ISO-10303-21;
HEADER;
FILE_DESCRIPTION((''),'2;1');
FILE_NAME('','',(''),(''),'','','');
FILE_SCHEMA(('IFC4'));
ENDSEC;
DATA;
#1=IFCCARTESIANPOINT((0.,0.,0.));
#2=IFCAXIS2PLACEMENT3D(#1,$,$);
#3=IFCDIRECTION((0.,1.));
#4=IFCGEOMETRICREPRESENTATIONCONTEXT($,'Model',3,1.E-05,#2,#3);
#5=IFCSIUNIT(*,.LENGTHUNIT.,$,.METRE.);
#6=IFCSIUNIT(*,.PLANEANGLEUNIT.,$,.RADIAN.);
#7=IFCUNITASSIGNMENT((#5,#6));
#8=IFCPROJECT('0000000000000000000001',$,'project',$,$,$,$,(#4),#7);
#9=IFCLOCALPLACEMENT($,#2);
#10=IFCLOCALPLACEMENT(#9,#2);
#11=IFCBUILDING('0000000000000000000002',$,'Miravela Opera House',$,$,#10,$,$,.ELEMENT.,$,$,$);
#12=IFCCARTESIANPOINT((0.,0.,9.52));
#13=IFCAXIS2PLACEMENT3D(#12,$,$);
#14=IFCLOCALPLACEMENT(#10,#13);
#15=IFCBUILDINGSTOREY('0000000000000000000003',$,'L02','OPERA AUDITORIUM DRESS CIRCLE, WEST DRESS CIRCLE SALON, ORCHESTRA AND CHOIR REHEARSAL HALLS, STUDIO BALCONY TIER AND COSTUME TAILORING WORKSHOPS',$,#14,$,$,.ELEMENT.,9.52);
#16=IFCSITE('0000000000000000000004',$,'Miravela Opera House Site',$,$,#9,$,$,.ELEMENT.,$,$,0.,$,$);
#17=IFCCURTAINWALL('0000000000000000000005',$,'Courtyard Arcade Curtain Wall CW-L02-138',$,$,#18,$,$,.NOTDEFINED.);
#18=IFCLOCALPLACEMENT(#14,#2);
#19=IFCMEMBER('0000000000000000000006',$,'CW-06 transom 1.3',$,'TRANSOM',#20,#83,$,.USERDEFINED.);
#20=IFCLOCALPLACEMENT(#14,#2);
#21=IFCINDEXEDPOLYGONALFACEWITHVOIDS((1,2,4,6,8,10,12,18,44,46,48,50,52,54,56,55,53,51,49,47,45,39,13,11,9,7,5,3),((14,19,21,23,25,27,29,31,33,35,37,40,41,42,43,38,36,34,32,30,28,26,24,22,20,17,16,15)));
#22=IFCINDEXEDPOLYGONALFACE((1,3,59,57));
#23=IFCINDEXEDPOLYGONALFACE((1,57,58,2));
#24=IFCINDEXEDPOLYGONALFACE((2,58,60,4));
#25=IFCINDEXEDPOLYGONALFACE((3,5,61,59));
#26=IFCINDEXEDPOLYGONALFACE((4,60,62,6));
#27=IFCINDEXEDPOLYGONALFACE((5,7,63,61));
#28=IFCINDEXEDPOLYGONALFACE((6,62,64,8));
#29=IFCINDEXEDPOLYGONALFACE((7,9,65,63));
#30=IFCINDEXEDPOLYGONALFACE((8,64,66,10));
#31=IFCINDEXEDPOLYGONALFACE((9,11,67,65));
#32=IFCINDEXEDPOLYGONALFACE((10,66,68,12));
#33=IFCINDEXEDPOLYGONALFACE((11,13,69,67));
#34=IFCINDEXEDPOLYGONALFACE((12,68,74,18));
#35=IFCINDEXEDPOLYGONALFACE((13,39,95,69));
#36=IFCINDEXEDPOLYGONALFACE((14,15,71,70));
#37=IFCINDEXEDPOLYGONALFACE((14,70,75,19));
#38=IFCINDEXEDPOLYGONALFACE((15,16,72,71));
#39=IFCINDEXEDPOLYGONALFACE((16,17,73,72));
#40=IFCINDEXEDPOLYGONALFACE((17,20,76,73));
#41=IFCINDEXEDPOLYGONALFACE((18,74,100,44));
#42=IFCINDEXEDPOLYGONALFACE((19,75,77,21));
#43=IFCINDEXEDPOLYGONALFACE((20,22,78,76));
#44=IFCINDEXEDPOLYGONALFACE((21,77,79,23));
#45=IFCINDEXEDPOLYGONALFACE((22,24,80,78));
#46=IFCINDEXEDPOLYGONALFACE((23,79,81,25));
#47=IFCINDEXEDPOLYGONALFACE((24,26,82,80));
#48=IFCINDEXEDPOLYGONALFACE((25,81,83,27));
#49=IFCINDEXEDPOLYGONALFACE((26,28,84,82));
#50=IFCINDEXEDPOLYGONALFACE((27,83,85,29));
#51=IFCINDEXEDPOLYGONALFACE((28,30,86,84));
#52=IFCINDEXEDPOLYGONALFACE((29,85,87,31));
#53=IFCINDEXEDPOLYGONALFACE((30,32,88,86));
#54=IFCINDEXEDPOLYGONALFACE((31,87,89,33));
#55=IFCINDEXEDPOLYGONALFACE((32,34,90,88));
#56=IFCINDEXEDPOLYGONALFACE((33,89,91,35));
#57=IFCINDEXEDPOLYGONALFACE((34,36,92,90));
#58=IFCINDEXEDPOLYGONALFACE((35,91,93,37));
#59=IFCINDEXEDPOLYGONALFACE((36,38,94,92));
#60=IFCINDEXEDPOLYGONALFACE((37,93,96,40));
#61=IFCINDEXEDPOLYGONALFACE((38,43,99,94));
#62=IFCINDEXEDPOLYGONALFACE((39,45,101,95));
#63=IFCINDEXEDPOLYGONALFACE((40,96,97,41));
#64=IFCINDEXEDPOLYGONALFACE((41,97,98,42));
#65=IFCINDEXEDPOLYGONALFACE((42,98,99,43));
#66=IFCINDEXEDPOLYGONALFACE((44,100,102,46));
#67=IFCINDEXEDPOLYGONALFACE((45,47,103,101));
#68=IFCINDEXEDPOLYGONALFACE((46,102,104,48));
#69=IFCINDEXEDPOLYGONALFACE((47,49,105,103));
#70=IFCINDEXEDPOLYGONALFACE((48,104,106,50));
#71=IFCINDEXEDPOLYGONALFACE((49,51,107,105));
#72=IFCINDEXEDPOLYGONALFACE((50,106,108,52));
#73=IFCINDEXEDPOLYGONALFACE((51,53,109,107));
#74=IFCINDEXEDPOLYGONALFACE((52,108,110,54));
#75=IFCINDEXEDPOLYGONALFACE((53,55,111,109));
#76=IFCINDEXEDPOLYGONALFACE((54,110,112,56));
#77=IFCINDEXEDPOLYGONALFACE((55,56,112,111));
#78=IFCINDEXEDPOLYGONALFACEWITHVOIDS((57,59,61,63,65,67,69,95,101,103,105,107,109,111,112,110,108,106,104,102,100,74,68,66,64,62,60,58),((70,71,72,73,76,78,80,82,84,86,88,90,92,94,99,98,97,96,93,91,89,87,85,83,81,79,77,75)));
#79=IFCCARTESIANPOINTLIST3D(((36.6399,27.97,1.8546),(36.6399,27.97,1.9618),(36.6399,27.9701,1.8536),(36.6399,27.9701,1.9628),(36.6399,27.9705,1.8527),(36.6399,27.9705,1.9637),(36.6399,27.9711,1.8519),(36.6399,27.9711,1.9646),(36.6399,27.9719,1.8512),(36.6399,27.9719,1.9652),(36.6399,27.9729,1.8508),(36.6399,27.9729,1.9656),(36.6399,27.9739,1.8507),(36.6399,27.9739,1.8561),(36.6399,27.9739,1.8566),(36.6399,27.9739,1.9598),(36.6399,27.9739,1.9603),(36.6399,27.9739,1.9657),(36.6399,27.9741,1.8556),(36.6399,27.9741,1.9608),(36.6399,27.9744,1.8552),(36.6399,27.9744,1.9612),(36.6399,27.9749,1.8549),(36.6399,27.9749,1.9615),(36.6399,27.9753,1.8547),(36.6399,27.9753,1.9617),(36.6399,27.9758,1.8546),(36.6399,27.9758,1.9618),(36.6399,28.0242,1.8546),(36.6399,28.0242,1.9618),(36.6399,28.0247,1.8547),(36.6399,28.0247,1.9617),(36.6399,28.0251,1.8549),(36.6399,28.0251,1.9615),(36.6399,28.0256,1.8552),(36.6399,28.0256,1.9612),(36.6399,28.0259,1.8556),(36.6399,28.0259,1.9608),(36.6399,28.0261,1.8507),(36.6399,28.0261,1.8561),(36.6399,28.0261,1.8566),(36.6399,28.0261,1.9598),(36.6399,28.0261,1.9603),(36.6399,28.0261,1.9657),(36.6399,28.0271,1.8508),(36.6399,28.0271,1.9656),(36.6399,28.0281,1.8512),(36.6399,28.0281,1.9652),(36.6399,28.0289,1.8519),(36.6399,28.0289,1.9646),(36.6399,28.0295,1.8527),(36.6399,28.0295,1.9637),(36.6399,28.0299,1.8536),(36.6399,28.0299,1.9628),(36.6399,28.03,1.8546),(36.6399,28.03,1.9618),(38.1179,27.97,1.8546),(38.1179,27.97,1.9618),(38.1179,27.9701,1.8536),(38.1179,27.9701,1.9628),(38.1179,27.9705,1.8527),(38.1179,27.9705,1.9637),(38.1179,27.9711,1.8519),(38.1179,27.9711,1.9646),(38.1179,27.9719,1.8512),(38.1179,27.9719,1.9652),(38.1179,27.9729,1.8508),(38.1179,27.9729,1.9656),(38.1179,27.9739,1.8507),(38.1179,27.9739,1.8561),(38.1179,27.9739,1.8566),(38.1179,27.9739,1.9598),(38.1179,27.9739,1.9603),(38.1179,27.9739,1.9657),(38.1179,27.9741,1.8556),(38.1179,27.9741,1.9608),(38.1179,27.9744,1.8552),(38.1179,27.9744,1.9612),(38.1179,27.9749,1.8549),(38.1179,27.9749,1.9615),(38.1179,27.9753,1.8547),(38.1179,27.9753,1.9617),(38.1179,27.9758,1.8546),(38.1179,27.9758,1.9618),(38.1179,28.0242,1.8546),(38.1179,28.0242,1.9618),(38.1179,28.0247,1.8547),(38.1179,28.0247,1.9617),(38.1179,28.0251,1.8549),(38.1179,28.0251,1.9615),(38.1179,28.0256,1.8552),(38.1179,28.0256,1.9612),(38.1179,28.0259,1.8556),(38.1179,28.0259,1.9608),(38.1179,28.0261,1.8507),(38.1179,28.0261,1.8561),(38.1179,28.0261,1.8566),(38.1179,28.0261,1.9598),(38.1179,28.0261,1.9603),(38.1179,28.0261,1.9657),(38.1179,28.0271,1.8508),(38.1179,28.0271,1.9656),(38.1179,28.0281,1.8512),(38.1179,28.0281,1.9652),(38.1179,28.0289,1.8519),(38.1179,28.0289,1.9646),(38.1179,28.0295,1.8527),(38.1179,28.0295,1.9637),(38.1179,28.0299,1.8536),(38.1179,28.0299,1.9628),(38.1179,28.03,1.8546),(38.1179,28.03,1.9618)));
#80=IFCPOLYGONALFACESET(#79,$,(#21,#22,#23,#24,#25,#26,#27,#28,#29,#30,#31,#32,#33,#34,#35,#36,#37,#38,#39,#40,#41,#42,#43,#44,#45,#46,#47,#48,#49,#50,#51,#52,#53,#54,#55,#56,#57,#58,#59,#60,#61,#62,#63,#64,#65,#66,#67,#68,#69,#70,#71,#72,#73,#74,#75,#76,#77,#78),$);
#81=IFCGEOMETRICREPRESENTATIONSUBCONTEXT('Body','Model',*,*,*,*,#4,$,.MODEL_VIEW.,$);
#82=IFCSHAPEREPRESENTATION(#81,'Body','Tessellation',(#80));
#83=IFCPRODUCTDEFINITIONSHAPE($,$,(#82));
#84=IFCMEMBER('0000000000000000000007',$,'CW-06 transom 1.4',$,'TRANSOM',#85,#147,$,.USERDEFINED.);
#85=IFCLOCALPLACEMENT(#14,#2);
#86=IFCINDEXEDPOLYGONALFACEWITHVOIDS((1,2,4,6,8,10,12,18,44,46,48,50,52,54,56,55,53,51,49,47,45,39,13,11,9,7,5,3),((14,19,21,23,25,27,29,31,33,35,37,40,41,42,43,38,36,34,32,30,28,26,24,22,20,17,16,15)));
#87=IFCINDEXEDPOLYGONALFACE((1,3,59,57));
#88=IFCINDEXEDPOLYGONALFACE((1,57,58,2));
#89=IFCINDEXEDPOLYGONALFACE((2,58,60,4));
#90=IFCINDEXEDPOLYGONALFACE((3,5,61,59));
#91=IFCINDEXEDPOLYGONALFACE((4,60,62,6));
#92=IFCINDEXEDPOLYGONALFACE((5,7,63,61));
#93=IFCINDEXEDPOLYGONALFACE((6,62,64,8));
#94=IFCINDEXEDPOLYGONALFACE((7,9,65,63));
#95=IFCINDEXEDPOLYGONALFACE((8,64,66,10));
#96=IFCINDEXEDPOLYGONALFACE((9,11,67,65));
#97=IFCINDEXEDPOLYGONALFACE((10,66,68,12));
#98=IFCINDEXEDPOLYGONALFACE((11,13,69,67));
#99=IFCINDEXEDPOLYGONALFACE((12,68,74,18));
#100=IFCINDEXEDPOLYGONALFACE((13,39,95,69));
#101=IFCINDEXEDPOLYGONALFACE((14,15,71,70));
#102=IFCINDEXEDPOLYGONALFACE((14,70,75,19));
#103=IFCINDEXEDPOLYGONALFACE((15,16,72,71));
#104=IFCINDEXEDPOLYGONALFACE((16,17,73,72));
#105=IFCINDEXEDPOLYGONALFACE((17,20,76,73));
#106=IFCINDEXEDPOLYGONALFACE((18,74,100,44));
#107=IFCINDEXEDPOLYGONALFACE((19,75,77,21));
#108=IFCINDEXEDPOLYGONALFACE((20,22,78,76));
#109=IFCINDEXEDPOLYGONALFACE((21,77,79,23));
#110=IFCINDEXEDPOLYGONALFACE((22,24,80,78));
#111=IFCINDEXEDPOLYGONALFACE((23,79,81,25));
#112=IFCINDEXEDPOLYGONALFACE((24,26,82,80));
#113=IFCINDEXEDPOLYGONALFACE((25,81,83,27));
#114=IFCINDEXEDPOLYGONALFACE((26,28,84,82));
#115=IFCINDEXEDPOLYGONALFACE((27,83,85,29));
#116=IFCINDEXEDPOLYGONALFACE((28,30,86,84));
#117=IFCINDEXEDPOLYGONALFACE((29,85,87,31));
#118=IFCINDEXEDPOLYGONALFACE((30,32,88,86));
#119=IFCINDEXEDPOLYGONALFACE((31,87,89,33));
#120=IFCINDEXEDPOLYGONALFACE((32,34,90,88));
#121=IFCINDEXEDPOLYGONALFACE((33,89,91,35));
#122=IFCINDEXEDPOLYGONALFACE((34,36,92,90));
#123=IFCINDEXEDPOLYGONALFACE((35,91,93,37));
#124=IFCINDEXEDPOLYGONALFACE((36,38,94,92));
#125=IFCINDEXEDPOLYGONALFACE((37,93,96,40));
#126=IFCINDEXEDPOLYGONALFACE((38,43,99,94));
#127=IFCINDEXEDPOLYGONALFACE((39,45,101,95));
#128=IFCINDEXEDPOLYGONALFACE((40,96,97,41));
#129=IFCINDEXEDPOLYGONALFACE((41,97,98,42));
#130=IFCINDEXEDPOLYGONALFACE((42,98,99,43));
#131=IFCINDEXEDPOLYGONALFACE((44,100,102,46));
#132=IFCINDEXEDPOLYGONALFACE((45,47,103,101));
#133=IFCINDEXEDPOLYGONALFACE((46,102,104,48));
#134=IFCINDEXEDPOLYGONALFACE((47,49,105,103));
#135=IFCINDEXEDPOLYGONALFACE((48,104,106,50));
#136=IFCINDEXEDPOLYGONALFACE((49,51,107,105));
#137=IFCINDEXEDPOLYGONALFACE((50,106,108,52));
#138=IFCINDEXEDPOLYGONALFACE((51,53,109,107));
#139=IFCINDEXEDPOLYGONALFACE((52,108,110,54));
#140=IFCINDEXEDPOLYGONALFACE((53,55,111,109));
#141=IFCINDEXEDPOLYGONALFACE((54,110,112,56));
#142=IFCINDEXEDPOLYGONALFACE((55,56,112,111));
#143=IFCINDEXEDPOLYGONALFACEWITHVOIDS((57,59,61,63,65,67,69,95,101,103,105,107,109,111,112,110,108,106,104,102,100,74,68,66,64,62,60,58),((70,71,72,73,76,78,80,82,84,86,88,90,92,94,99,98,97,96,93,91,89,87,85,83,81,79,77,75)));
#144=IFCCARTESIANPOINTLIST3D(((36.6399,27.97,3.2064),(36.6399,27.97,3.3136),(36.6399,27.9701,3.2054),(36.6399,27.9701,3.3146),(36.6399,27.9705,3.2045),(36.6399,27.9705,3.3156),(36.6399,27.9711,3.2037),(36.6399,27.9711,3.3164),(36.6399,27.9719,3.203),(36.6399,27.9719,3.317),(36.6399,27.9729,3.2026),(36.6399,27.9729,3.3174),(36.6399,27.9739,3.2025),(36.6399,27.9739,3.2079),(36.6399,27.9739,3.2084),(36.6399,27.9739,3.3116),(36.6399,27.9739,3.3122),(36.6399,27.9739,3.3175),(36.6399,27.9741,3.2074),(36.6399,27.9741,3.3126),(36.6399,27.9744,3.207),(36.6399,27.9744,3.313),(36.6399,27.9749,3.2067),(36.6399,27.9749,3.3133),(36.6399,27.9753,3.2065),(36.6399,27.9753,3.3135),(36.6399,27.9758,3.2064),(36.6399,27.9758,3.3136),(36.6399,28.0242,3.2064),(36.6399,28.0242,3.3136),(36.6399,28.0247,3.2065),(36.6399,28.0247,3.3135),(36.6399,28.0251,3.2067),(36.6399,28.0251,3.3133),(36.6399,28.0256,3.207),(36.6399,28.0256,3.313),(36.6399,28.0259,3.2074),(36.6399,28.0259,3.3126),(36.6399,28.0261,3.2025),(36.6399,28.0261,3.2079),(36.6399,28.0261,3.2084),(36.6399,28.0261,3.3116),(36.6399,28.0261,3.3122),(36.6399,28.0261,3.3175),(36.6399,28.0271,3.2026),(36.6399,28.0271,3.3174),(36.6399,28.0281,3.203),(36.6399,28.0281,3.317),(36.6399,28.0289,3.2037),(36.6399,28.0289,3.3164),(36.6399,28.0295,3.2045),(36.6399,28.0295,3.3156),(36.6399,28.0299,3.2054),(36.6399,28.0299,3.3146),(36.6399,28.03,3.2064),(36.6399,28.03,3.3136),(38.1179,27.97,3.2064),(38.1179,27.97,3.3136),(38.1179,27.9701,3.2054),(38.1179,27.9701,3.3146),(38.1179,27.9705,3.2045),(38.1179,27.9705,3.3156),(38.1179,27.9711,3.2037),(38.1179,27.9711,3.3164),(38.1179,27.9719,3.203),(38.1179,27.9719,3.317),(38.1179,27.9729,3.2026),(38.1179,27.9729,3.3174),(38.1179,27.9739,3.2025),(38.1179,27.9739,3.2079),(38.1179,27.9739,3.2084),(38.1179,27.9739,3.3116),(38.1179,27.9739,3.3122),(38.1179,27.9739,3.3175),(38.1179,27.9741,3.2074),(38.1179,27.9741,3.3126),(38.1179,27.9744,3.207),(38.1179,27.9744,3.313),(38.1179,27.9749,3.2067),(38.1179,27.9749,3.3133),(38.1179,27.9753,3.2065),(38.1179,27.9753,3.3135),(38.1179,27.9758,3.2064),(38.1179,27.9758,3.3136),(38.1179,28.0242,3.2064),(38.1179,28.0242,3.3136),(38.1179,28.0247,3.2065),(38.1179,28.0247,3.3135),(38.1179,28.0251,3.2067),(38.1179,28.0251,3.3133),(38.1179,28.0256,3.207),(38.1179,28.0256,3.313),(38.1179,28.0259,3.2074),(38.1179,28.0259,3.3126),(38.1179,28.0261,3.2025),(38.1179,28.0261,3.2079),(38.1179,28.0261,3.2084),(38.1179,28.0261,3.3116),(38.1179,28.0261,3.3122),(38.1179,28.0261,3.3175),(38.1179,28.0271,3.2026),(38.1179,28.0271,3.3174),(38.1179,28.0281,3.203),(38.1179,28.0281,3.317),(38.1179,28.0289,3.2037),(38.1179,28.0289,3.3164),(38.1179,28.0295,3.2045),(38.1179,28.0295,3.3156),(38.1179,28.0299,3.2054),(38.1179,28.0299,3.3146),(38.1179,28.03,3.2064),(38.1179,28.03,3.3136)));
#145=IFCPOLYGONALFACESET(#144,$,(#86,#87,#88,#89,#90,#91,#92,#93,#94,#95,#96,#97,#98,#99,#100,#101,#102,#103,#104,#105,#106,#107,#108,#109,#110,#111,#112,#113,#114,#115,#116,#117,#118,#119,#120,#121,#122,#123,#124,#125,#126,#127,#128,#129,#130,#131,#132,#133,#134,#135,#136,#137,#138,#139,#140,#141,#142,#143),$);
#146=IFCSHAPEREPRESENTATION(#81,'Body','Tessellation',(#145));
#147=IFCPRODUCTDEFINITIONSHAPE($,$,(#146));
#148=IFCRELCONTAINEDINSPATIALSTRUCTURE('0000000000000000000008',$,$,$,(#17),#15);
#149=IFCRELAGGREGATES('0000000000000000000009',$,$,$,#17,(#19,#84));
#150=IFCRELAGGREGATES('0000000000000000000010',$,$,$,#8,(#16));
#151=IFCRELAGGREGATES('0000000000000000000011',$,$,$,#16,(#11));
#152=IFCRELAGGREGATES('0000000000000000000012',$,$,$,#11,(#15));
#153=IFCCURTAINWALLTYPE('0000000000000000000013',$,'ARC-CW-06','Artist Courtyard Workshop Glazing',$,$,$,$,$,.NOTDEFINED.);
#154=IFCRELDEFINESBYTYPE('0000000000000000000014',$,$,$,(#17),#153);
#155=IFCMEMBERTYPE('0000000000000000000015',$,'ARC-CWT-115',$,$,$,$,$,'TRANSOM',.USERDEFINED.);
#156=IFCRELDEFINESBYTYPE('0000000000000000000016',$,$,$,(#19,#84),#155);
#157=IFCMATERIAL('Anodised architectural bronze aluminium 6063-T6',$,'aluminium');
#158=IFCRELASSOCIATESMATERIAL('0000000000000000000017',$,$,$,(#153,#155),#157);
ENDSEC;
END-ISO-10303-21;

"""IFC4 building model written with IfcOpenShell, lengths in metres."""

from ifc_helpers import new_model, si_unit, direction, frame, origin, origin_2d, place, context, subcontext, project, spatial, hollow_rectangle, extrude, material, material_profile, profile_set, type_object, element, aggregate, save


model = new_model("IFC4")

# Units and contexts
model_context = context("Model", 3, precision=1e-05, world=origin(), true_north=direction((0.0, 1.0)))
body_context = subcontext(model_context, "Body", "Model", "MODEL_VIEW")
ifc_project = project(units=[si_unit("LENGTHUNIT", "METRE"), si_unit("PLANEANGLEUNIT", "RADIAN")], contexts=[model_context])

# Site, building, storey
site_placement = place(None, origin())
site = spatial("IfcSite", under=ifc_project, at=site_placement, Name="Miravela Opera House Site", CompositionType="ELEMENT", RefElevation=0.0)
building_placement = place(site_placement, origin())
building = spatial("IfcBuilding", under=site, at=building_placement, Name="Miravela Opera House", CompositionType="ELEMENT")
storey_placement = place(building_placement, frame((0.0, 0.0, 9.52)))
storey = spatial("IfcBuildingStorey", under=building, at=storey_placement, Name="L02", Description="OPERA AUDITORIUM DRESS CIRCLE, WEST DRESS CIRCLE SALON, ORCHESTRA AND CHOIR REHEARSAL HALLS, STUDIO BALCONY TIER AND COSTUME TAILORING WORKSHOPS", CompositionType="ELEMENT", Elevation=9.52)

# Shared definitions
ifc_material_1 = material(Name="Anodised architectural bronze aluminium 6063-T6", Category="aluminium")
curtain_wall_type = type_object("IfcCurtainWallType", Name="ARC-CW-06", Description="Artist Courtyard Workshop Glazing", PredefinedType="NOTDEFINED", material=ifc_material_1)

# Curtain wall, members
curtain_wall_1_placement = place(storey_placement, origin())
curtain_wall_1 = element("IfcCurtainWall", 1, at=curtain_wall_1_placement, inside=storey, type_object=curtain_wall_type, Name="Courtyard Arcade Curtain Wall CW-L02-138", PredefinedType="NOTDEFINED")
ifc_material_profile_1 = material_profile(ifc_material_1, hollow_rectangle(XDim=0.0601, YDim=0.115, WallThickness=0.0039, InnerFilletRadius=0.002, OuterFilletRadius=0.0039, at=origin_2d()), Name="CWT-60X115")
ifc_profile_set_1 = profile_set([ifc_material_profile_1])
member_type_1 = type_object("IfcMemberType", Name="ARC-CWT-115", ElementType="TRANSOM", PredefinedType="USERDEFINED", material=ifc_profile_set_1)
member_1_placement = place(storey_placement, frame((36.6399, 28.0, 1.9082), z_axis=(1.0, 0.0, 0.0), x_axis=(0.0, 1.0, 0.0)))
member_1 = element("IfcMember", 2, at=member_1_placement, type_object=member_type_1, Name="CW-06 transom 1.3", ObjectType="TRANSOM", PredefinedType="USERDEFINED", context=body_context, shape_type="SweptSolid", body=[
    extrude(hollow_rectangle(XDim=0.0601, YDim=0.115, WallThickness=0.0039, InnerFilletRadius=0.002, OuterFilletRadius=0.0039, at=origin_2d()), origin(), (0.0, 0.0, 1.0), 1.478),
])
member_2_placement = place(storey_placement, frame((36.6399, 28.0, 3.26), z_axis=(1.0, 0.0, 0.0), x_axis=(0.0, 1.0, 0.0)))
member_2 = element("IfcMember", 3, at=member_2_placement, type_object=member_type_1, Name="CW-06 transom 1.4", ObjectType="TRANSOM", PredefinedType="USERDEFINED", context=body_context, shape_type="SweptSolid", body=[
    extrude(hollow_rectangle(XDim=0.0601, YDim=0.115, WallThickness=0.0039, InnerFilletRadius=0.002, OuterFilletRadius=0.0039, at=origin_2d()), origin(), (0.0, 0.0, 1.0), 1.478),
])

aggregate(curtain_wall_1, [member_1, member_2])

save(model, "model.ifc")
